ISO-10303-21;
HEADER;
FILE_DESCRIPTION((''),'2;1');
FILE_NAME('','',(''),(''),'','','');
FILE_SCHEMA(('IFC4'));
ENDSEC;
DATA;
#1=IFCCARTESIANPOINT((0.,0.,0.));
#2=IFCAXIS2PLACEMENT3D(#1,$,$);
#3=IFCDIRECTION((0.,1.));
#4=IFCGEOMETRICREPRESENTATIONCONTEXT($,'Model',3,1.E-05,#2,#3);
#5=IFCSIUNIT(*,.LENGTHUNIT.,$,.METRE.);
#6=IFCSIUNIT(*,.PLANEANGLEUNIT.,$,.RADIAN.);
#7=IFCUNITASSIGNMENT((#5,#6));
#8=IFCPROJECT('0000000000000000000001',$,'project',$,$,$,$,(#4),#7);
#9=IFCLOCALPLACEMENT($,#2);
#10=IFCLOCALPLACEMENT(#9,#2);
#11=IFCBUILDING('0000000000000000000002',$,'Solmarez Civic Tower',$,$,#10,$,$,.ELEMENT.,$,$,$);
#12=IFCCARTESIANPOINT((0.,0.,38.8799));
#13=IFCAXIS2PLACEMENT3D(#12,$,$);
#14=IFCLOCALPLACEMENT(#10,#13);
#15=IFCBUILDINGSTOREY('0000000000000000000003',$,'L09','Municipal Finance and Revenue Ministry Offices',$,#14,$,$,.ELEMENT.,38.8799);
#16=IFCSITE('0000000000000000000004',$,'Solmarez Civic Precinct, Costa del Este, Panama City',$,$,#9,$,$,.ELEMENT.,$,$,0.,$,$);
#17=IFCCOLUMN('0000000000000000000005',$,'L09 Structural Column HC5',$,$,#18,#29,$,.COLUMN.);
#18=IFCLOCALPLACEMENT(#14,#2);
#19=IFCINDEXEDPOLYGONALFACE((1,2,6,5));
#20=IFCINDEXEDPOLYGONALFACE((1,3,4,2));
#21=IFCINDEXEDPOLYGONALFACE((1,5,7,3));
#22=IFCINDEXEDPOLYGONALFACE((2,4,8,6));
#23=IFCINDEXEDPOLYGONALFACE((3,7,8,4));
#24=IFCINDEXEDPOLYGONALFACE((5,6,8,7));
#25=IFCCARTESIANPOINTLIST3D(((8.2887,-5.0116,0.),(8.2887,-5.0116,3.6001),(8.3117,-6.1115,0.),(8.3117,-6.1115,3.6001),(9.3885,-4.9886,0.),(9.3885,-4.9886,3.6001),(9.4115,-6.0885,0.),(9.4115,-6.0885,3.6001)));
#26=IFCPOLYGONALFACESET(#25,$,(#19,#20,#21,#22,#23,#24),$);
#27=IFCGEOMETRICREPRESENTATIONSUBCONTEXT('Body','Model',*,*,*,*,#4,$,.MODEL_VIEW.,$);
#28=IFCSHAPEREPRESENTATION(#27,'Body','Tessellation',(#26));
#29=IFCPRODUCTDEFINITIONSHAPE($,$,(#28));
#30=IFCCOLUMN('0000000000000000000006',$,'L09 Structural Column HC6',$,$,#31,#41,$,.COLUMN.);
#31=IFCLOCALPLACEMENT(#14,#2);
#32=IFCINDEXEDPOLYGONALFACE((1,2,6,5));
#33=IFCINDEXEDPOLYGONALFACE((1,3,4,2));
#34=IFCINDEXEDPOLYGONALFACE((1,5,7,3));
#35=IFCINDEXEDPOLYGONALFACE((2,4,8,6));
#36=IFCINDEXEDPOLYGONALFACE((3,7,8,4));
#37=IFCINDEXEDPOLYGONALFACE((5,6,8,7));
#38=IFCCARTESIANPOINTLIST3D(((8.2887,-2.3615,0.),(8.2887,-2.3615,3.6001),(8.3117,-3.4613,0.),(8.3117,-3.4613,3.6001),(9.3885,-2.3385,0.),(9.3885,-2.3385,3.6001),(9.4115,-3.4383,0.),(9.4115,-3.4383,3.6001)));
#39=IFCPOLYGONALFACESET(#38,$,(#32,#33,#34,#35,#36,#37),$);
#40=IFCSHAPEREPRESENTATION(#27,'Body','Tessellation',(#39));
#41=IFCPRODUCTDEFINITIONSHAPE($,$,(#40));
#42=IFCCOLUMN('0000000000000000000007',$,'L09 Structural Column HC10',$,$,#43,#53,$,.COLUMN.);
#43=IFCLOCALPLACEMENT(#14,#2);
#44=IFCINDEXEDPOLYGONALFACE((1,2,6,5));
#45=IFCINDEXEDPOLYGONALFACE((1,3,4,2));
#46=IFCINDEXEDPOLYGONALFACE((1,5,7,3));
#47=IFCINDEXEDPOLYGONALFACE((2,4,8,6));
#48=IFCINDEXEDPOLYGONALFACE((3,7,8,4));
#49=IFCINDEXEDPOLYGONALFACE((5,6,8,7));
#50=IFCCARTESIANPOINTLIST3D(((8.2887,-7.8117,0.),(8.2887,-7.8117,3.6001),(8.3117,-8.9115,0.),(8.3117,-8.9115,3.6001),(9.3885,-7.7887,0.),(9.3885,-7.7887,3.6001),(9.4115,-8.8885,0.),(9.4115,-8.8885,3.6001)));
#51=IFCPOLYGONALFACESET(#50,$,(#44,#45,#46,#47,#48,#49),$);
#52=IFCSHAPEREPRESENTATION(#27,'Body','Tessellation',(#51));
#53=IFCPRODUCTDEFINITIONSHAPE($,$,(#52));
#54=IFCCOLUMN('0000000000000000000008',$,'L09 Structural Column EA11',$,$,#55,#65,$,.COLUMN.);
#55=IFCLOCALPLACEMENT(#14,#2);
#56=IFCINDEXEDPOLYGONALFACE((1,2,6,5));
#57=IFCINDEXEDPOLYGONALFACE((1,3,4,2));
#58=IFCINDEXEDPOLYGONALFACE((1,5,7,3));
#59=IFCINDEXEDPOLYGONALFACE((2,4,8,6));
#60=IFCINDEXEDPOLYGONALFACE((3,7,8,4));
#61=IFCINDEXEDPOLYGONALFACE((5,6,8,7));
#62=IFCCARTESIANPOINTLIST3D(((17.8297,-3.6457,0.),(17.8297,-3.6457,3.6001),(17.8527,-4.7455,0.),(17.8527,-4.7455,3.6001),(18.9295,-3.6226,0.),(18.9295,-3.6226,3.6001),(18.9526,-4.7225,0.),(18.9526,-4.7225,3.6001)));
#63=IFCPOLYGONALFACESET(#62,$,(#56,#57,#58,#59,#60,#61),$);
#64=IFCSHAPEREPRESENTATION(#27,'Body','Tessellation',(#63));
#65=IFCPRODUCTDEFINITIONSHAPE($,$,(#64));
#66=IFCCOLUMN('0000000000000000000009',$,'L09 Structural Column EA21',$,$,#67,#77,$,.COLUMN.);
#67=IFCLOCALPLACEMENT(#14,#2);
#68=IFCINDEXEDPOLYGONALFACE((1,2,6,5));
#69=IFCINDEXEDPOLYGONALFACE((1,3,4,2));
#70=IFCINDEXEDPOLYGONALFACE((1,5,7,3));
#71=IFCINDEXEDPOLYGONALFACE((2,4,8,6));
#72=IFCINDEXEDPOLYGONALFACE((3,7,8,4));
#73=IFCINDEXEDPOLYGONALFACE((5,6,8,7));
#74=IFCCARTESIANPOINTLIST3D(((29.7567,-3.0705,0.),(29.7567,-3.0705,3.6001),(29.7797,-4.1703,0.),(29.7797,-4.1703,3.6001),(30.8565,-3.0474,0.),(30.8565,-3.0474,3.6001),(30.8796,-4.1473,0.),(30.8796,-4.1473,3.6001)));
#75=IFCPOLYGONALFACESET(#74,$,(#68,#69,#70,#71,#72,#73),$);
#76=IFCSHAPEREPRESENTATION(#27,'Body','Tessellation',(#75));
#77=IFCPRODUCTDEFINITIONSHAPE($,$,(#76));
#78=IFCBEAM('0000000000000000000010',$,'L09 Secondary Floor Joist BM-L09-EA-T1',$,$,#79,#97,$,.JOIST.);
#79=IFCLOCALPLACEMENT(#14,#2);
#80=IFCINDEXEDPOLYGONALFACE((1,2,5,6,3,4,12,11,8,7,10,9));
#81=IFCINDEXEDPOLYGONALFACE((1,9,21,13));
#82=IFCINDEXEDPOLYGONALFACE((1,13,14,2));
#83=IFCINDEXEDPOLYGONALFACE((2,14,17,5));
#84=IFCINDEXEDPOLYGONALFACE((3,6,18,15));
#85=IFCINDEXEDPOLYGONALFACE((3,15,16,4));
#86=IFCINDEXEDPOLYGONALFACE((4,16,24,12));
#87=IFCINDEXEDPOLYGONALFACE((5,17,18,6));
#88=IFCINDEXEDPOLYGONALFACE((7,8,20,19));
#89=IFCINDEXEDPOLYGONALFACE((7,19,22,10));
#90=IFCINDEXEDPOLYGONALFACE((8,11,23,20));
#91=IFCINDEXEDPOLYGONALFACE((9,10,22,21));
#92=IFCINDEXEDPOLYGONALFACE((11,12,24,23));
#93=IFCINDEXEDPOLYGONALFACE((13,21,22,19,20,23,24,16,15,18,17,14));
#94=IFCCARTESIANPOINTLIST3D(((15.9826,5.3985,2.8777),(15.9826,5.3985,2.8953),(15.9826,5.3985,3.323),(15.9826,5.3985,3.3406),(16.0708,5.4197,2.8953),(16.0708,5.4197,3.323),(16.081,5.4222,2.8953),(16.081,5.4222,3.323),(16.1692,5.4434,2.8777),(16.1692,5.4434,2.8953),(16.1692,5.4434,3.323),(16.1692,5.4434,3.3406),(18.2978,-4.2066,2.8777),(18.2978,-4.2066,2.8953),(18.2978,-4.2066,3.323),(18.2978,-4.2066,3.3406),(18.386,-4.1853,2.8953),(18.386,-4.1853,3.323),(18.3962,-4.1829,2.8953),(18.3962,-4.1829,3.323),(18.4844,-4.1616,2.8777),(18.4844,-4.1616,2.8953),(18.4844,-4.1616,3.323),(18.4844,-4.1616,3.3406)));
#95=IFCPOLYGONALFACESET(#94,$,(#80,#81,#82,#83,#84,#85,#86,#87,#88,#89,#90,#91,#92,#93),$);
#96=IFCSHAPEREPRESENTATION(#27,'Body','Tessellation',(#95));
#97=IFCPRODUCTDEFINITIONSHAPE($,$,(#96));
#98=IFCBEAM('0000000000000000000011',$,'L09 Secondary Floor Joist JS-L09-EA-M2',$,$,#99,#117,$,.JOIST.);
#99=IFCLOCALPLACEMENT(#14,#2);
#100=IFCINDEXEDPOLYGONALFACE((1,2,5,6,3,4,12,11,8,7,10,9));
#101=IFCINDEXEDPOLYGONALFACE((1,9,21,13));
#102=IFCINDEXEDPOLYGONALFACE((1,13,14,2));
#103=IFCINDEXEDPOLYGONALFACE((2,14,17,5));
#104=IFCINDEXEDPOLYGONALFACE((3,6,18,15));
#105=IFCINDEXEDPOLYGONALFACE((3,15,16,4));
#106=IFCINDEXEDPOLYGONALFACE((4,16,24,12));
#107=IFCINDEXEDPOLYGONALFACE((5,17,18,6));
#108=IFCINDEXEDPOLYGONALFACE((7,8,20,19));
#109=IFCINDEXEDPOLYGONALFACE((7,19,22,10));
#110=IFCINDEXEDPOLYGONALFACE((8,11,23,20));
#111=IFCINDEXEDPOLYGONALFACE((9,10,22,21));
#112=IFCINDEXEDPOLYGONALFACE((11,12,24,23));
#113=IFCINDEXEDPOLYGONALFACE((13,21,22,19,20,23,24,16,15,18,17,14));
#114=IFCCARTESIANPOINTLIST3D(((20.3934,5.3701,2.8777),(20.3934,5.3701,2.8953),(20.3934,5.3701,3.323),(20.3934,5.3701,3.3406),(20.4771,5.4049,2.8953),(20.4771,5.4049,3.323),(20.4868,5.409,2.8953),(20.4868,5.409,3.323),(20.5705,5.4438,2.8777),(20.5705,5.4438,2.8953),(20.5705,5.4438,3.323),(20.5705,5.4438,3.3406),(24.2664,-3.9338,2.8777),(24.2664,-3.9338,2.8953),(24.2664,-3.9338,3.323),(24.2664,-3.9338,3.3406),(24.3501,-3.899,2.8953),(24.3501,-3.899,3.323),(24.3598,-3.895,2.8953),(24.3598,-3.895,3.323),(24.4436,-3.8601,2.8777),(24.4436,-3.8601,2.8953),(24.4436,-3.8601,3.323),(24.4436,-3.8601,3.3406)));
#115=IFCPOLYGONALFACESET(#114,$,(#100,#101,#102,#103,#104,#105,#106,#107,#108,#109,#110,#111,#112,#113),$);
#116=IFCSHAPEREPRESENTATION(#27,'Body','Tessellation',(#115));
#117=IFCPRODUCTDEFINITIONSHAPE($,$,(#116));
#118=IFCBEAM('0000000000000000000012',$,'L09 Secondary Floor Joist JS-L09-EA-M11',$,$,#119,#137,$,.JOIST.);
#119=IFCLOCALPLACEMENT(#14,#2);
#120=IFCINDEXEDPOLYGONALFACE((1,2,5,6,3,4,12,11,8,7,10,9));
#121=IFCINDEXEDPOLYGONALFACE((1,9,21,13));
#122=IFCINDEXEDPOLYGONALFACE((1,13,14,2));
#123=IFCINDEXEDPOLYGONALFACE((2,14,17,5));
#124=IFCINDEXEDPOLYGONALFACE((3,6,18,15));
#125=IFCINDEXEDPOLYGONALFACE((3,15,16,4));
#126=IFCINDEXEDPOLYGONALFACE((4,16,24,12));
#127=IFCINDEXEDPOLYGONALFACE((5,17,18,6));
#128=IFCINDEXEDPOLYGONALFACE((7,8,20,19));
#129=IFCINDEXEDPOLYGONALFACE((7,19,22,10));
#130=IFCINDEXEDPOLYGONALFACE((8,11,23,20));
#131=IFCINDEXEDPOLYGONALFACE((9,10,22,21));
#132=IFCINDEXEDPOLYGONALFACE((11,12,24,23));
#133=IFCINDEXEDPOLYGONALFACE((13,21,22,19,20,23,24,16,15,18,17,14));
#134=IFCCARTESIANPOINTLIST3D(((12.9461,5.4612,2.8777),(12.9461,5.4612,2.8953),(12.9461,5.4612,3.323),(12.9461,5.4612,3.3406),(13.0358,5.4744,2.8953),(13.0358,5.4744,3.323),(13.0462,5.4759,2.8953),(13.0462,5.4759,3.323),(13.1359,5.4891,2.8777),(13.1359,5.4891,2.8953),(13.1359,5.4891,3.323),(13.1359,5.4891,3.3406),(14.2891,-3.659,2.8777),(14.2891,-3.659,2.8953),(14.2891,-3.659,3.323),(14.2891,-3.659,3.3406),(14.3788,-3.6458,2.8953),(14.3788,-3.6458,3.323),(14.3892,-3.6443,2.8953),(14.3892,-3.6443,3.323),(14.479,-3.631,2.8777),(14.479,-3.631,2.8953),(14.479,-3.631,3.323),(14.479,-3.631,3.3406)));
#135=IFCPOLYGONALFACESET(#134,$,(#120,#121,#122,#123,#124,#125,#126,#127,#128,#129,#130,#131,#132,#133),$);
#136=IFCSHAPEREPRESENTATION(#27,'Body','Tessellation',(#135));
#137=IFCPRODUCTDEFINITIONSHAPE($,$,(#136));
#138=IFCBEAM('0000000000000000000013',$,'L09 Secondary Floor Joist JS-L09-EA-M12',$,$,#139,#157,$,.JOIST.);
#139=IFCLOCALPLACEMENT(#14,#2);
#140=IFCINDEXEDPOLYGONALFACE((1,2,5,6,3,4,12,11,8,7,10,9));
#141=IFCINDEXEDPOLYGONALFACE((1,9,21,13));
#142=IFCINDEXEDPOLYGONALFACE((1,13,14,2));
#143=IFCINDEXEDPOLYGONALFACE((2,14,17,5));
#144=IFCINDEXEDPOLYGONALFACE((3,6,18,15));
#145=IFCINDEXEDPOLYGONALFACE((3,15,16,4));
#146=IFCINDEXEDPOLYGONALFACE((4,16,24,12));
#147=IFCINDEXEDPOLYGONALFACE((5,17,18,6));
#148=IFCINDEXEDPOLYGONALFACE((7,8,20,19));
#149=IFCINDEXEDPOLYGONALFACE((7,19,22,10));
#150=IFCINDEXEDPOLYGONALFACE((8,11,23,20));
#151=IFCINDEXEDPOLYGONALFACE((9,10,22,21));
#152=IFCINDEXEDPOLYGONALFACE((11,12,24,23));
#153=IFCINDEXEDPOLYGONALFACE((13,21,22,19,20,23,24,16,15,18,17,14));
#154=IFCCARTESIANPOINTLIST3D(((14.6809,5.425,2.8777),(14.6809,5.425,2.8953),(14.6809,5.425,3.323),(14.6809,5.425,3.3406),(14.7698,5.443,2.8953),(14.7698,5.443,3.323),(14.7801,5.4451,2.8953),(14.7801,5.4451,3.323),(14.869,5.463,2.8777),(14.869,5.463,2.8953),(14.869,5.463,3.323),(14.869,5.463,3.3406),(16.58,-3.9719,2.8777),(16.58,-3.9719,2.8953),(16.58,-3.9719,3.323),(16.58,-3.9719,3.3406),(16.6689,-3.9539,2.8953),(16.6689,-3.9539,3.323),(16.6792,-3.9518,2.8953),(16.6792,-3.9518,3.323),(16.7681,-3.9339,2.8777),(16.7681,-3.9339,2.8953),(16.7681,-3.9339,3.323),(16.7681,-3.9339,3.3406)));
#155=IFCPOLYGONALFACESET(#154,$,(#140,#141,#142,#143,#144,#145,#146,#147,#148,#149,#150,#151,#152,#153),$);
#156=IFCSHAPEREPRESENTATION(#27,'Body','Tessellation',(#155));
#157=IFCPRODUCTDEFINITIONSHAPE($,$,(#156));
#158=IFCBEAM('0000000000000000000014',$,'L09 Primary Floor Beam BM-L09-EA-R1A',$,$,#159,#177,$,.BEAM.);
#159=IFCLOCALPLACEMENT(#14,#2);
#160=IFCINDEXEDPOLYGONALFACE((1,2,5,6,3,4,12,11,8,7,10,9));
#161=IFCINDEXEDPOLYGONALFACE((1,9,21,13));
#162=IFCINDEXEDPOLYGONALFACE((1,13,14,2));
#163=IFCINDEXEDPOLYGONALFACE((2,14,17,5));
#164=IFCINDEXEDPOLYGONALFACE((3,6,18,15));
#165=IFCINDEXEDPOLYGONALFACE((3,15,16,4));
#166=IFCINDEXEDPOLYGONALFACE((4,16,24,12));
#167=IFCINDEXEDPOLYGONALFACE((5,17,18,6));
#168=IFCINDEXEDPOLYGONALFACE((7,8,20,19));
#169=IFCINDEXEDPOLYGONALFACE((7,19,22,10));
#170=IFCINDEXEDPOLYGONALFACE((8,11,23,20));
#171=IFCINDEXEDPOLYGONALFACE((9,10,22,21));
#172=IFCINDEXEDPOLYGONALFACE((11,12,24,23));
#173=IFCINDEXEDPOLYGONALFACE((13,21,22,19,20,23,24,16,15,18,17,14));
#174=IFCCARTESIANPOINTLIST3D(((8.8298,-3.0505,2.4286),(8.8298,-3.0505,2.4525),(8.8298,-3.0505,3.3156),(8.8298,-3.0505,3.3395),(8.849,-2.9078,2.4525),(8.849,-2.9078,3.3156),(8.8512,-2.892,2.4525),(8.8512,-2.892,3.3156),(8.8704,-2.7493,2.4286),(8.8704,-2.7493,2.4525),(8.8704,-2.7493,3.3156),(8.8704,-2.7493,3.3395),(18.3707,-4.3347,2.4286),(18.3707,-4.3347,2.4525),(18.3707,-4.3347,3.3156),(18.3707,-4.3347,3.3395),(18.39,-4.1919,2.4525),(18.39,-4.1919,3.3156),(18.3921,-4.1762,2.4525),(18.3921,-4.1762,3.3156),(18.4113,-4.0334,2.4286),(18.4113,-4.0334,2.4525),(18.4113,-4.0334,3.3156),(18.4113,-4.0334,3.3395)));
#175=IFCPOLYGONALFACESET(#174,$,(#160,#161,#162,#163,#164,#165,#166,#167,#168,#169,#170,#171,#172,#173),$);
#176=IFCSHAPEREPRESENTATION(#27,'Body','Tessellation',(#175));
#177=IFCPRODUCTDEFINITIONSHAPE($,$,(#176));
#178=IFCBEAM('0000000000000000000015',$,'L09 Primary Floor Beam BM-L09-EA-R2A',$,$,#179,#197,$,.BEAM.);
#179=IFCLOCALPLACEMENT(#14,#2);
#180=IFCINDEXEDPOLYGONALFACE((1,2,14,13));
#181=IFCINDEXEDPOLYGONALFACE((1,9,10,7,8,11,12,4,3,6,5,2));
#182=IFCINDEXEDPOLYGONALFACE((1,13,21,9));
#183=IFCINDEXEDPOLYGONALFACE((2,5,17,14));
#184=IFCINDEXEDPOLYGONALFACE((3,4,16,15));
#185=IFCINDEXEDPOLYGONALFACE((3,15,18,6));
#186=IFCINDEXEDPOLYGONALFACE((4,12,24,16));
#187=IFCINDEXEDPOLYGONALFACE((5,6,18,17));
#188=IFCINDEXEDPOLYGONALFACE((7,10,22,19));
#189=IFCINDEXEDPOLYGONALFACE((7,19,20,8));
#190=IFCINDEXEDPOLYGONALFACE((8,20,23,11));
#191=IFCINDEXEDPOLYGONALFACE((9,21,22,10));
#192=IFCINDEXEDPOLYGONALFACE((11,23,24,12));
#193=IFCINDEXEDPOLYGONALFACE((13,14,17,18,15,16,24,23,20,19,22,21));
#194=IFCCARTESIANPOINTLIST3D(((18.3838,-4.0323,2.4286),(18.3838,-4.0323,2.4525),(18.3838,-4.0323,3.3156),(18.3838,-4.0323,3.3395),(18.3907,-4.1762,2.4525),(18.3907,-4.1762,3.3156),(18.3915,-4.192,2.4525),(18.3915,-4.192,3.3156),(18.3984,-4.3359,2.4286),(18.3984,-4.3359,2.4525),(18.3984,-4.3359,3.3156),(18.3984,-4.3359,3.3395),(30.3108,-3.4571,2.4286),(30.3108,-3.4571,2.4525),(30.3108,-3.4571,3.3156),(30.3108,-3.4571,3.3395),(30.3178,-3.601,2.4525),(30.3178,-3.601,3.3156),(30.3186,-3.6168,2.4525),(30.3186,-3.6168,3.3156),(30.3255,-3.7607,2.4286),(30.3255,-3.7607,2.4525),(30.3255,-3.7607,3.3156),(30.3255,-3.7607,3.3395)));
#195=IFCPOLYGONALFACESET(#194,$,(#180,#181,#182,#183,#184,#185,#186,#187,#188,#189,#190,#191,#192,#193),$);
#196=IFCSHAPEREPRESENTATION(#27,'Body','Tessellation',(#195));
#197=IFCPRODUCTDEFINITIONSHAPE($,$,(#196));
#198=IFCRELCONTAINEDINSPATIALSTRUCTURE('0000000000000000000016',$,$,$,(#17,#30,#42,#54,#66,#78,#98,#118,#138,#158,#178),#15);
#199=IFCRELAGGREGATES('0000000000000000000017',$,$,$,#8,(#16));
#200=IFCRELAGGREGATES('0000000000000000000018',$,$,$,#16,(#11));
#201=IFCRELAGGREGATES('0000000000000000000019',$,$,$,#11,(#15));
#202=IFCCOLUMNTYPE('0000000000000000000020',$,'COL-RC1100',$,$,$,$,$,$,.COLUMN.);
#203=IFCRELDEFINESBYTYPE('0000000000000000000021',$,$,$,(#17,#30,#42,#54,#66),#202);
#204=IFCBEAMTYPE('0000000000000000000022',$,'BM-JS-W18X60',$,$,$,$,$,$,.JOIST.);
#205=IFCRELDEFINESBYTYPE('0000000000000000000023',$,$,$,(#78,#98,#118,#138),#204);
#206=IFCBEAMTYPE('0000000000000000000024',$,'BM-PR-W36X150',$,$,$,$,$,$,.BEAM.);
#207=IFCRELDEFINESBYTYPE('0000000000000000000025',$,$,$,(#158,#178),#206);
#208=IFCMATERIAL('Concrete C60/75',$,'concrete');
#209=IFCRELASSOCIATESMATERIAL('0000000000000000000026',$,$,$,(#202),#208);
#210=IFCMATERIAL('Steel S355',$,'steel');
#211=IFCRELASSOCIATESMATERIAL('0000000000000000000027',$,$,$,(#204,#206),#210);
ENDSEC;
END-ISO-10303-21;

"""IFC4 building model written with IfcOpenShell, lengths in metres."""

from ifc_helpers import new_model, si_unit, direction, frame, origin, origin_2d, place, context, subcontext, project, spatial, rectangle, i_section, extrude, material, material_profile, profile_set, type_object, element, save


model = new_model("IFC4")

# Units and contexts
model_context = context("Model", 3, precision=1e-05, world=origin(), true_north=direction((0.0, 1.0)))
body_context = subcontext(model_context, "Body", "Model", "MODEL_VIEW")
ifc_project = project(units=[si_unit("LENGTHUNIT", "METRE"), si_unit("PLANEANGLEUNIT", "RADIAN")], contexts=[model_context])

# Site, building, storey
site_placement = place(None, origin())
site = spatial("IfcSite", under=ifc_project, at=site_placement, Name="Solmarez Civic Precinct, Costa del Este, Panama City", CompositionType="ELEMENT", RefElevation=0.0)
building_placement = place(site_placement, origin())
building = spatial("IfcBuilding", under=site, at=building_placement, Name="Solmarez Civic Tower", CompositionType="ELEMENT")
storey_placement = place(building_placement, frame((0.0, 0.0, 38.8799)))
storey = spatial("IfcBuildingStorey", under=building, at=storey_placement, Name="L09", Description="Municipal Finance and Revenue Ministry Offices", CompositionType="ELEMENT", Elevation=38.8799)

# Columns
ifc_material_1 = material(Name="Concrete C60/75", Category="concrete")
ifc_material_profile_1 = material_profile(ifc_material_1, rectangle(XDim=1.1001, YDim=1.1001, at=origin_2d()), Name="RC1100X1100")
ifc_profile_set_1 = profile_set([ifc_material_profile_1], Name="Concrete C60/75")
column_type = type_object("IfcColumnType", Name="COL-RC1100", PredefinedType="COLUMN", material=ifc_profile_set_1)
for number, where, z_axis, x_axis, name in (
    (1, (8.8501, -5.55, 0.0), (0.0, 0.0, 1.0), (0.999781, 0.020942, 0.0), "L09 Structural Column HC5"),
    (2, (8.8501, -2.8999, 0.0), (0.0, 0.0, 1.0), (0.999781, 0.020942, 0.0), "L09 Structural Column HC6"),
    (3, (8.8501, -8.3501, 0.0), (0.0, 0.0, 1.0), (0.999781, 0.020942, 0.0), "L09 Structural Column HC10"),
    (4, (18.3911, -4.1841, 0.0), (0.0, 0.0, 1.0), (0.999781, 0.020942, 0.0), "L09 Structural Column EA11"),
    (5, (30.3181, -3.6089, 0.0), (0.0, 0.0, 1.0), (0.999781, 0.020942, 0.0), "L09 Structural Column EA21"),
):
    element("IfcColumn", number, at=place(storey_placement, frame(where, z_axis=z_axis, x_axis=x_axis)), inside=storey, type_object=column_type, Name=name, PredefinedType="COLUMN", context=body_context, shape_type="SweptSolid", body=[
        extrude(rectangle(XDim=1.1001, YDim=1.1001, at=origin_2d()), origin(), (0.0, 0.0, 1.0), 3.6001),
    ])

# Beams
ifc_material_2 = material(Name="Steel S355", Category="steel")
ifc_material_profile_2 = material_profile(ifc_material_2, i_section(OverallWidth=0.1919, OverallDepth=0.4629, WebThickness=0.0105, FlangeThickness=0.0176, at=origin_2d()), Name="W18X60")
ifc_profile_set_2 = profile_set([ifc_material_profile_2], Name="Steel S355")
beam_type_1 = type_object("IfcBeamType", Name="BM-JS-W18X60", PredefinedType="JOIST", material=ifc_profile_set_2)
beam_1_placement = place(storey_placement, frame((18.3911, -4.1841, 3.1091), z_axis=(-0.234329, 0.972157, 0.0), x_axis=(-0.972157, -0.234329, 0.0)))
element("IfcBeam", 6, at=beam_1_placement, inside=storey, type_object=beam_type_1, Name="L09 Secondary Floor Joist BM-L09-EA-T1", PredefinedType="JOIST", context=body_context, shape_type="SweptSolid", body=[
    extrude(i_section(OverallWidth=0.1919, OverallDepth=0.4629, WebThickness=0.0105, FlangeThickness=0.0176, at=origin_2d()), origin(), (0.0, 0.0, 1.0), 9.8801),
])
beam_2_placement = place(storey_placement, frame((24.355, -3.897, 3.1091), z_axis=(-0.384311, 0.923204, 0.0), x_axis=(-0.923204, -0.384311, 0.0)))
element("IfcBeam", 7, at=beam_2_placement, inside=storey, type_object=beam_type_1, Name="L09 Secondary Floor Joist JS-L09-EA-M2", PredefinedType="JOIST", context=body_context, shape_type="SweptSolid", body=[
    extrude(i_section(OverallWidth=0.1919, OverallDepth=0.4629, WebThickness=0.0105, FlangeThickness=0.0176, at=origin_2d()), origin(), (0.0, 0.0, 1.0), 10.0779),
])
beam_3_placement = place(storey_placement, frame((14.384, -3.645, 3.1091), z_axis=(-0.145688, 0.989331, 0.0), x_axis=(-0.989331, -0.145688, 0.0)))
element("IfcBeam", 8, at=beam_3_placement, inside=storey, type_object=beam_type_1, Name="L09 Secondary Floor Joist JS-L09-EA-M11", PredefinedType="JOIST", context=body_context, shape_type="SweptSolid", body=[
    extrude(i_section(OverallWidth=0.1919, OverallDepth=0.4629, WebThickness=0.0105, FlangeThickness=0.0176, at=origin_2d()), origin(), (0.0, 0.0, 1.0), 9.2185),
])
beam_4_placement = place(storey_placement, frame((16.6741, -3.9529, 3.1091), z_axis=(-0.198099, 0.980182, 0.0), x_axis=(-0.980182, -0.198099, 0.0)))
element("IfcBeam", 9, at=beam_4_placement, inside=storey, type_object=beam_type_1, Name="L09 Secondary Floor Joist JS-L09-EA-M12", PredefinedType="JOIST", context=body_context, shape_type="SweptSolid", body=[
    extrude(i_section(OverallWidth=0.1919, OverallDepth=0.4629, WebThickness=0.0105, FlangeThickness=0.0176, at=origin_2d()), origin(), (0.0, 0.0, 1.0), 9.5869),
])
ifc_material_profile_3 = material_profile(ifc_material_2, i_section(OverallWidth=0.304, OverallDepth=0.9109, WebThickness=0.0159, FlangeThickness=0.0239, at=origin_2d()), Name="W36X150")
ifc_profile_set_3 = profile_set([ifc_material_profile_3], Name="Steel S355")
beam_type_2 = type_object("IfcBeamType", Name="BM-PR-W36X150", PredefinedType="BEAM", material=ifc_profile_set_3)
beam_5_placement = place(storey_placement, frame((8.8501, -2.8999, 2.884), z_axis=(0.991063, -0.133393, 0.0), x_axis=(0.133393, 0.991063, 0.0)))
element("IfcBeam", 10, at=beam_5_placement, inside=storey, type_object=beam_type_2, Name="L09 Primary Floor Beam BM-L09-EA-R1A", PredefinedType="BEAM", context=body_context, shape_type="SweptSolid", body=[
    extrude(i_section(OverallWidth=0.304, OverallDepth=0.9109, WebThickness=0.0159, FlangeThickness=0.0239, at=origin_2d()), origin(), (0.0, 0.0, 1.0), 9.627),
])
beam_6_placement = place(storey_placement, frame((18.3911, -4.1841, 2.884), z_axis=(0.998839, 0.04817, 0.0), x_axis=(-0.04817, 0.998839, 0.0)))
element("IfcBeam", 11, at=beam_6_placement, inside=storey, type_object=beam_type_2, Name="L09 Primary Floor Beam BM-L09-EA-R2A", PredefinedType="BEAM", context=body_context, shape_type="SweptSolid", body=[
    extrude(i_section(OverallWidth=0.304, OverallDepth=0.9109, WebThickness=0.0159, FlangeThickness=0.0239, at=origin_2d()), origin(), (0.0, 0.0, 1.0), 11.9409),
])

save(model, "model.ifc")
